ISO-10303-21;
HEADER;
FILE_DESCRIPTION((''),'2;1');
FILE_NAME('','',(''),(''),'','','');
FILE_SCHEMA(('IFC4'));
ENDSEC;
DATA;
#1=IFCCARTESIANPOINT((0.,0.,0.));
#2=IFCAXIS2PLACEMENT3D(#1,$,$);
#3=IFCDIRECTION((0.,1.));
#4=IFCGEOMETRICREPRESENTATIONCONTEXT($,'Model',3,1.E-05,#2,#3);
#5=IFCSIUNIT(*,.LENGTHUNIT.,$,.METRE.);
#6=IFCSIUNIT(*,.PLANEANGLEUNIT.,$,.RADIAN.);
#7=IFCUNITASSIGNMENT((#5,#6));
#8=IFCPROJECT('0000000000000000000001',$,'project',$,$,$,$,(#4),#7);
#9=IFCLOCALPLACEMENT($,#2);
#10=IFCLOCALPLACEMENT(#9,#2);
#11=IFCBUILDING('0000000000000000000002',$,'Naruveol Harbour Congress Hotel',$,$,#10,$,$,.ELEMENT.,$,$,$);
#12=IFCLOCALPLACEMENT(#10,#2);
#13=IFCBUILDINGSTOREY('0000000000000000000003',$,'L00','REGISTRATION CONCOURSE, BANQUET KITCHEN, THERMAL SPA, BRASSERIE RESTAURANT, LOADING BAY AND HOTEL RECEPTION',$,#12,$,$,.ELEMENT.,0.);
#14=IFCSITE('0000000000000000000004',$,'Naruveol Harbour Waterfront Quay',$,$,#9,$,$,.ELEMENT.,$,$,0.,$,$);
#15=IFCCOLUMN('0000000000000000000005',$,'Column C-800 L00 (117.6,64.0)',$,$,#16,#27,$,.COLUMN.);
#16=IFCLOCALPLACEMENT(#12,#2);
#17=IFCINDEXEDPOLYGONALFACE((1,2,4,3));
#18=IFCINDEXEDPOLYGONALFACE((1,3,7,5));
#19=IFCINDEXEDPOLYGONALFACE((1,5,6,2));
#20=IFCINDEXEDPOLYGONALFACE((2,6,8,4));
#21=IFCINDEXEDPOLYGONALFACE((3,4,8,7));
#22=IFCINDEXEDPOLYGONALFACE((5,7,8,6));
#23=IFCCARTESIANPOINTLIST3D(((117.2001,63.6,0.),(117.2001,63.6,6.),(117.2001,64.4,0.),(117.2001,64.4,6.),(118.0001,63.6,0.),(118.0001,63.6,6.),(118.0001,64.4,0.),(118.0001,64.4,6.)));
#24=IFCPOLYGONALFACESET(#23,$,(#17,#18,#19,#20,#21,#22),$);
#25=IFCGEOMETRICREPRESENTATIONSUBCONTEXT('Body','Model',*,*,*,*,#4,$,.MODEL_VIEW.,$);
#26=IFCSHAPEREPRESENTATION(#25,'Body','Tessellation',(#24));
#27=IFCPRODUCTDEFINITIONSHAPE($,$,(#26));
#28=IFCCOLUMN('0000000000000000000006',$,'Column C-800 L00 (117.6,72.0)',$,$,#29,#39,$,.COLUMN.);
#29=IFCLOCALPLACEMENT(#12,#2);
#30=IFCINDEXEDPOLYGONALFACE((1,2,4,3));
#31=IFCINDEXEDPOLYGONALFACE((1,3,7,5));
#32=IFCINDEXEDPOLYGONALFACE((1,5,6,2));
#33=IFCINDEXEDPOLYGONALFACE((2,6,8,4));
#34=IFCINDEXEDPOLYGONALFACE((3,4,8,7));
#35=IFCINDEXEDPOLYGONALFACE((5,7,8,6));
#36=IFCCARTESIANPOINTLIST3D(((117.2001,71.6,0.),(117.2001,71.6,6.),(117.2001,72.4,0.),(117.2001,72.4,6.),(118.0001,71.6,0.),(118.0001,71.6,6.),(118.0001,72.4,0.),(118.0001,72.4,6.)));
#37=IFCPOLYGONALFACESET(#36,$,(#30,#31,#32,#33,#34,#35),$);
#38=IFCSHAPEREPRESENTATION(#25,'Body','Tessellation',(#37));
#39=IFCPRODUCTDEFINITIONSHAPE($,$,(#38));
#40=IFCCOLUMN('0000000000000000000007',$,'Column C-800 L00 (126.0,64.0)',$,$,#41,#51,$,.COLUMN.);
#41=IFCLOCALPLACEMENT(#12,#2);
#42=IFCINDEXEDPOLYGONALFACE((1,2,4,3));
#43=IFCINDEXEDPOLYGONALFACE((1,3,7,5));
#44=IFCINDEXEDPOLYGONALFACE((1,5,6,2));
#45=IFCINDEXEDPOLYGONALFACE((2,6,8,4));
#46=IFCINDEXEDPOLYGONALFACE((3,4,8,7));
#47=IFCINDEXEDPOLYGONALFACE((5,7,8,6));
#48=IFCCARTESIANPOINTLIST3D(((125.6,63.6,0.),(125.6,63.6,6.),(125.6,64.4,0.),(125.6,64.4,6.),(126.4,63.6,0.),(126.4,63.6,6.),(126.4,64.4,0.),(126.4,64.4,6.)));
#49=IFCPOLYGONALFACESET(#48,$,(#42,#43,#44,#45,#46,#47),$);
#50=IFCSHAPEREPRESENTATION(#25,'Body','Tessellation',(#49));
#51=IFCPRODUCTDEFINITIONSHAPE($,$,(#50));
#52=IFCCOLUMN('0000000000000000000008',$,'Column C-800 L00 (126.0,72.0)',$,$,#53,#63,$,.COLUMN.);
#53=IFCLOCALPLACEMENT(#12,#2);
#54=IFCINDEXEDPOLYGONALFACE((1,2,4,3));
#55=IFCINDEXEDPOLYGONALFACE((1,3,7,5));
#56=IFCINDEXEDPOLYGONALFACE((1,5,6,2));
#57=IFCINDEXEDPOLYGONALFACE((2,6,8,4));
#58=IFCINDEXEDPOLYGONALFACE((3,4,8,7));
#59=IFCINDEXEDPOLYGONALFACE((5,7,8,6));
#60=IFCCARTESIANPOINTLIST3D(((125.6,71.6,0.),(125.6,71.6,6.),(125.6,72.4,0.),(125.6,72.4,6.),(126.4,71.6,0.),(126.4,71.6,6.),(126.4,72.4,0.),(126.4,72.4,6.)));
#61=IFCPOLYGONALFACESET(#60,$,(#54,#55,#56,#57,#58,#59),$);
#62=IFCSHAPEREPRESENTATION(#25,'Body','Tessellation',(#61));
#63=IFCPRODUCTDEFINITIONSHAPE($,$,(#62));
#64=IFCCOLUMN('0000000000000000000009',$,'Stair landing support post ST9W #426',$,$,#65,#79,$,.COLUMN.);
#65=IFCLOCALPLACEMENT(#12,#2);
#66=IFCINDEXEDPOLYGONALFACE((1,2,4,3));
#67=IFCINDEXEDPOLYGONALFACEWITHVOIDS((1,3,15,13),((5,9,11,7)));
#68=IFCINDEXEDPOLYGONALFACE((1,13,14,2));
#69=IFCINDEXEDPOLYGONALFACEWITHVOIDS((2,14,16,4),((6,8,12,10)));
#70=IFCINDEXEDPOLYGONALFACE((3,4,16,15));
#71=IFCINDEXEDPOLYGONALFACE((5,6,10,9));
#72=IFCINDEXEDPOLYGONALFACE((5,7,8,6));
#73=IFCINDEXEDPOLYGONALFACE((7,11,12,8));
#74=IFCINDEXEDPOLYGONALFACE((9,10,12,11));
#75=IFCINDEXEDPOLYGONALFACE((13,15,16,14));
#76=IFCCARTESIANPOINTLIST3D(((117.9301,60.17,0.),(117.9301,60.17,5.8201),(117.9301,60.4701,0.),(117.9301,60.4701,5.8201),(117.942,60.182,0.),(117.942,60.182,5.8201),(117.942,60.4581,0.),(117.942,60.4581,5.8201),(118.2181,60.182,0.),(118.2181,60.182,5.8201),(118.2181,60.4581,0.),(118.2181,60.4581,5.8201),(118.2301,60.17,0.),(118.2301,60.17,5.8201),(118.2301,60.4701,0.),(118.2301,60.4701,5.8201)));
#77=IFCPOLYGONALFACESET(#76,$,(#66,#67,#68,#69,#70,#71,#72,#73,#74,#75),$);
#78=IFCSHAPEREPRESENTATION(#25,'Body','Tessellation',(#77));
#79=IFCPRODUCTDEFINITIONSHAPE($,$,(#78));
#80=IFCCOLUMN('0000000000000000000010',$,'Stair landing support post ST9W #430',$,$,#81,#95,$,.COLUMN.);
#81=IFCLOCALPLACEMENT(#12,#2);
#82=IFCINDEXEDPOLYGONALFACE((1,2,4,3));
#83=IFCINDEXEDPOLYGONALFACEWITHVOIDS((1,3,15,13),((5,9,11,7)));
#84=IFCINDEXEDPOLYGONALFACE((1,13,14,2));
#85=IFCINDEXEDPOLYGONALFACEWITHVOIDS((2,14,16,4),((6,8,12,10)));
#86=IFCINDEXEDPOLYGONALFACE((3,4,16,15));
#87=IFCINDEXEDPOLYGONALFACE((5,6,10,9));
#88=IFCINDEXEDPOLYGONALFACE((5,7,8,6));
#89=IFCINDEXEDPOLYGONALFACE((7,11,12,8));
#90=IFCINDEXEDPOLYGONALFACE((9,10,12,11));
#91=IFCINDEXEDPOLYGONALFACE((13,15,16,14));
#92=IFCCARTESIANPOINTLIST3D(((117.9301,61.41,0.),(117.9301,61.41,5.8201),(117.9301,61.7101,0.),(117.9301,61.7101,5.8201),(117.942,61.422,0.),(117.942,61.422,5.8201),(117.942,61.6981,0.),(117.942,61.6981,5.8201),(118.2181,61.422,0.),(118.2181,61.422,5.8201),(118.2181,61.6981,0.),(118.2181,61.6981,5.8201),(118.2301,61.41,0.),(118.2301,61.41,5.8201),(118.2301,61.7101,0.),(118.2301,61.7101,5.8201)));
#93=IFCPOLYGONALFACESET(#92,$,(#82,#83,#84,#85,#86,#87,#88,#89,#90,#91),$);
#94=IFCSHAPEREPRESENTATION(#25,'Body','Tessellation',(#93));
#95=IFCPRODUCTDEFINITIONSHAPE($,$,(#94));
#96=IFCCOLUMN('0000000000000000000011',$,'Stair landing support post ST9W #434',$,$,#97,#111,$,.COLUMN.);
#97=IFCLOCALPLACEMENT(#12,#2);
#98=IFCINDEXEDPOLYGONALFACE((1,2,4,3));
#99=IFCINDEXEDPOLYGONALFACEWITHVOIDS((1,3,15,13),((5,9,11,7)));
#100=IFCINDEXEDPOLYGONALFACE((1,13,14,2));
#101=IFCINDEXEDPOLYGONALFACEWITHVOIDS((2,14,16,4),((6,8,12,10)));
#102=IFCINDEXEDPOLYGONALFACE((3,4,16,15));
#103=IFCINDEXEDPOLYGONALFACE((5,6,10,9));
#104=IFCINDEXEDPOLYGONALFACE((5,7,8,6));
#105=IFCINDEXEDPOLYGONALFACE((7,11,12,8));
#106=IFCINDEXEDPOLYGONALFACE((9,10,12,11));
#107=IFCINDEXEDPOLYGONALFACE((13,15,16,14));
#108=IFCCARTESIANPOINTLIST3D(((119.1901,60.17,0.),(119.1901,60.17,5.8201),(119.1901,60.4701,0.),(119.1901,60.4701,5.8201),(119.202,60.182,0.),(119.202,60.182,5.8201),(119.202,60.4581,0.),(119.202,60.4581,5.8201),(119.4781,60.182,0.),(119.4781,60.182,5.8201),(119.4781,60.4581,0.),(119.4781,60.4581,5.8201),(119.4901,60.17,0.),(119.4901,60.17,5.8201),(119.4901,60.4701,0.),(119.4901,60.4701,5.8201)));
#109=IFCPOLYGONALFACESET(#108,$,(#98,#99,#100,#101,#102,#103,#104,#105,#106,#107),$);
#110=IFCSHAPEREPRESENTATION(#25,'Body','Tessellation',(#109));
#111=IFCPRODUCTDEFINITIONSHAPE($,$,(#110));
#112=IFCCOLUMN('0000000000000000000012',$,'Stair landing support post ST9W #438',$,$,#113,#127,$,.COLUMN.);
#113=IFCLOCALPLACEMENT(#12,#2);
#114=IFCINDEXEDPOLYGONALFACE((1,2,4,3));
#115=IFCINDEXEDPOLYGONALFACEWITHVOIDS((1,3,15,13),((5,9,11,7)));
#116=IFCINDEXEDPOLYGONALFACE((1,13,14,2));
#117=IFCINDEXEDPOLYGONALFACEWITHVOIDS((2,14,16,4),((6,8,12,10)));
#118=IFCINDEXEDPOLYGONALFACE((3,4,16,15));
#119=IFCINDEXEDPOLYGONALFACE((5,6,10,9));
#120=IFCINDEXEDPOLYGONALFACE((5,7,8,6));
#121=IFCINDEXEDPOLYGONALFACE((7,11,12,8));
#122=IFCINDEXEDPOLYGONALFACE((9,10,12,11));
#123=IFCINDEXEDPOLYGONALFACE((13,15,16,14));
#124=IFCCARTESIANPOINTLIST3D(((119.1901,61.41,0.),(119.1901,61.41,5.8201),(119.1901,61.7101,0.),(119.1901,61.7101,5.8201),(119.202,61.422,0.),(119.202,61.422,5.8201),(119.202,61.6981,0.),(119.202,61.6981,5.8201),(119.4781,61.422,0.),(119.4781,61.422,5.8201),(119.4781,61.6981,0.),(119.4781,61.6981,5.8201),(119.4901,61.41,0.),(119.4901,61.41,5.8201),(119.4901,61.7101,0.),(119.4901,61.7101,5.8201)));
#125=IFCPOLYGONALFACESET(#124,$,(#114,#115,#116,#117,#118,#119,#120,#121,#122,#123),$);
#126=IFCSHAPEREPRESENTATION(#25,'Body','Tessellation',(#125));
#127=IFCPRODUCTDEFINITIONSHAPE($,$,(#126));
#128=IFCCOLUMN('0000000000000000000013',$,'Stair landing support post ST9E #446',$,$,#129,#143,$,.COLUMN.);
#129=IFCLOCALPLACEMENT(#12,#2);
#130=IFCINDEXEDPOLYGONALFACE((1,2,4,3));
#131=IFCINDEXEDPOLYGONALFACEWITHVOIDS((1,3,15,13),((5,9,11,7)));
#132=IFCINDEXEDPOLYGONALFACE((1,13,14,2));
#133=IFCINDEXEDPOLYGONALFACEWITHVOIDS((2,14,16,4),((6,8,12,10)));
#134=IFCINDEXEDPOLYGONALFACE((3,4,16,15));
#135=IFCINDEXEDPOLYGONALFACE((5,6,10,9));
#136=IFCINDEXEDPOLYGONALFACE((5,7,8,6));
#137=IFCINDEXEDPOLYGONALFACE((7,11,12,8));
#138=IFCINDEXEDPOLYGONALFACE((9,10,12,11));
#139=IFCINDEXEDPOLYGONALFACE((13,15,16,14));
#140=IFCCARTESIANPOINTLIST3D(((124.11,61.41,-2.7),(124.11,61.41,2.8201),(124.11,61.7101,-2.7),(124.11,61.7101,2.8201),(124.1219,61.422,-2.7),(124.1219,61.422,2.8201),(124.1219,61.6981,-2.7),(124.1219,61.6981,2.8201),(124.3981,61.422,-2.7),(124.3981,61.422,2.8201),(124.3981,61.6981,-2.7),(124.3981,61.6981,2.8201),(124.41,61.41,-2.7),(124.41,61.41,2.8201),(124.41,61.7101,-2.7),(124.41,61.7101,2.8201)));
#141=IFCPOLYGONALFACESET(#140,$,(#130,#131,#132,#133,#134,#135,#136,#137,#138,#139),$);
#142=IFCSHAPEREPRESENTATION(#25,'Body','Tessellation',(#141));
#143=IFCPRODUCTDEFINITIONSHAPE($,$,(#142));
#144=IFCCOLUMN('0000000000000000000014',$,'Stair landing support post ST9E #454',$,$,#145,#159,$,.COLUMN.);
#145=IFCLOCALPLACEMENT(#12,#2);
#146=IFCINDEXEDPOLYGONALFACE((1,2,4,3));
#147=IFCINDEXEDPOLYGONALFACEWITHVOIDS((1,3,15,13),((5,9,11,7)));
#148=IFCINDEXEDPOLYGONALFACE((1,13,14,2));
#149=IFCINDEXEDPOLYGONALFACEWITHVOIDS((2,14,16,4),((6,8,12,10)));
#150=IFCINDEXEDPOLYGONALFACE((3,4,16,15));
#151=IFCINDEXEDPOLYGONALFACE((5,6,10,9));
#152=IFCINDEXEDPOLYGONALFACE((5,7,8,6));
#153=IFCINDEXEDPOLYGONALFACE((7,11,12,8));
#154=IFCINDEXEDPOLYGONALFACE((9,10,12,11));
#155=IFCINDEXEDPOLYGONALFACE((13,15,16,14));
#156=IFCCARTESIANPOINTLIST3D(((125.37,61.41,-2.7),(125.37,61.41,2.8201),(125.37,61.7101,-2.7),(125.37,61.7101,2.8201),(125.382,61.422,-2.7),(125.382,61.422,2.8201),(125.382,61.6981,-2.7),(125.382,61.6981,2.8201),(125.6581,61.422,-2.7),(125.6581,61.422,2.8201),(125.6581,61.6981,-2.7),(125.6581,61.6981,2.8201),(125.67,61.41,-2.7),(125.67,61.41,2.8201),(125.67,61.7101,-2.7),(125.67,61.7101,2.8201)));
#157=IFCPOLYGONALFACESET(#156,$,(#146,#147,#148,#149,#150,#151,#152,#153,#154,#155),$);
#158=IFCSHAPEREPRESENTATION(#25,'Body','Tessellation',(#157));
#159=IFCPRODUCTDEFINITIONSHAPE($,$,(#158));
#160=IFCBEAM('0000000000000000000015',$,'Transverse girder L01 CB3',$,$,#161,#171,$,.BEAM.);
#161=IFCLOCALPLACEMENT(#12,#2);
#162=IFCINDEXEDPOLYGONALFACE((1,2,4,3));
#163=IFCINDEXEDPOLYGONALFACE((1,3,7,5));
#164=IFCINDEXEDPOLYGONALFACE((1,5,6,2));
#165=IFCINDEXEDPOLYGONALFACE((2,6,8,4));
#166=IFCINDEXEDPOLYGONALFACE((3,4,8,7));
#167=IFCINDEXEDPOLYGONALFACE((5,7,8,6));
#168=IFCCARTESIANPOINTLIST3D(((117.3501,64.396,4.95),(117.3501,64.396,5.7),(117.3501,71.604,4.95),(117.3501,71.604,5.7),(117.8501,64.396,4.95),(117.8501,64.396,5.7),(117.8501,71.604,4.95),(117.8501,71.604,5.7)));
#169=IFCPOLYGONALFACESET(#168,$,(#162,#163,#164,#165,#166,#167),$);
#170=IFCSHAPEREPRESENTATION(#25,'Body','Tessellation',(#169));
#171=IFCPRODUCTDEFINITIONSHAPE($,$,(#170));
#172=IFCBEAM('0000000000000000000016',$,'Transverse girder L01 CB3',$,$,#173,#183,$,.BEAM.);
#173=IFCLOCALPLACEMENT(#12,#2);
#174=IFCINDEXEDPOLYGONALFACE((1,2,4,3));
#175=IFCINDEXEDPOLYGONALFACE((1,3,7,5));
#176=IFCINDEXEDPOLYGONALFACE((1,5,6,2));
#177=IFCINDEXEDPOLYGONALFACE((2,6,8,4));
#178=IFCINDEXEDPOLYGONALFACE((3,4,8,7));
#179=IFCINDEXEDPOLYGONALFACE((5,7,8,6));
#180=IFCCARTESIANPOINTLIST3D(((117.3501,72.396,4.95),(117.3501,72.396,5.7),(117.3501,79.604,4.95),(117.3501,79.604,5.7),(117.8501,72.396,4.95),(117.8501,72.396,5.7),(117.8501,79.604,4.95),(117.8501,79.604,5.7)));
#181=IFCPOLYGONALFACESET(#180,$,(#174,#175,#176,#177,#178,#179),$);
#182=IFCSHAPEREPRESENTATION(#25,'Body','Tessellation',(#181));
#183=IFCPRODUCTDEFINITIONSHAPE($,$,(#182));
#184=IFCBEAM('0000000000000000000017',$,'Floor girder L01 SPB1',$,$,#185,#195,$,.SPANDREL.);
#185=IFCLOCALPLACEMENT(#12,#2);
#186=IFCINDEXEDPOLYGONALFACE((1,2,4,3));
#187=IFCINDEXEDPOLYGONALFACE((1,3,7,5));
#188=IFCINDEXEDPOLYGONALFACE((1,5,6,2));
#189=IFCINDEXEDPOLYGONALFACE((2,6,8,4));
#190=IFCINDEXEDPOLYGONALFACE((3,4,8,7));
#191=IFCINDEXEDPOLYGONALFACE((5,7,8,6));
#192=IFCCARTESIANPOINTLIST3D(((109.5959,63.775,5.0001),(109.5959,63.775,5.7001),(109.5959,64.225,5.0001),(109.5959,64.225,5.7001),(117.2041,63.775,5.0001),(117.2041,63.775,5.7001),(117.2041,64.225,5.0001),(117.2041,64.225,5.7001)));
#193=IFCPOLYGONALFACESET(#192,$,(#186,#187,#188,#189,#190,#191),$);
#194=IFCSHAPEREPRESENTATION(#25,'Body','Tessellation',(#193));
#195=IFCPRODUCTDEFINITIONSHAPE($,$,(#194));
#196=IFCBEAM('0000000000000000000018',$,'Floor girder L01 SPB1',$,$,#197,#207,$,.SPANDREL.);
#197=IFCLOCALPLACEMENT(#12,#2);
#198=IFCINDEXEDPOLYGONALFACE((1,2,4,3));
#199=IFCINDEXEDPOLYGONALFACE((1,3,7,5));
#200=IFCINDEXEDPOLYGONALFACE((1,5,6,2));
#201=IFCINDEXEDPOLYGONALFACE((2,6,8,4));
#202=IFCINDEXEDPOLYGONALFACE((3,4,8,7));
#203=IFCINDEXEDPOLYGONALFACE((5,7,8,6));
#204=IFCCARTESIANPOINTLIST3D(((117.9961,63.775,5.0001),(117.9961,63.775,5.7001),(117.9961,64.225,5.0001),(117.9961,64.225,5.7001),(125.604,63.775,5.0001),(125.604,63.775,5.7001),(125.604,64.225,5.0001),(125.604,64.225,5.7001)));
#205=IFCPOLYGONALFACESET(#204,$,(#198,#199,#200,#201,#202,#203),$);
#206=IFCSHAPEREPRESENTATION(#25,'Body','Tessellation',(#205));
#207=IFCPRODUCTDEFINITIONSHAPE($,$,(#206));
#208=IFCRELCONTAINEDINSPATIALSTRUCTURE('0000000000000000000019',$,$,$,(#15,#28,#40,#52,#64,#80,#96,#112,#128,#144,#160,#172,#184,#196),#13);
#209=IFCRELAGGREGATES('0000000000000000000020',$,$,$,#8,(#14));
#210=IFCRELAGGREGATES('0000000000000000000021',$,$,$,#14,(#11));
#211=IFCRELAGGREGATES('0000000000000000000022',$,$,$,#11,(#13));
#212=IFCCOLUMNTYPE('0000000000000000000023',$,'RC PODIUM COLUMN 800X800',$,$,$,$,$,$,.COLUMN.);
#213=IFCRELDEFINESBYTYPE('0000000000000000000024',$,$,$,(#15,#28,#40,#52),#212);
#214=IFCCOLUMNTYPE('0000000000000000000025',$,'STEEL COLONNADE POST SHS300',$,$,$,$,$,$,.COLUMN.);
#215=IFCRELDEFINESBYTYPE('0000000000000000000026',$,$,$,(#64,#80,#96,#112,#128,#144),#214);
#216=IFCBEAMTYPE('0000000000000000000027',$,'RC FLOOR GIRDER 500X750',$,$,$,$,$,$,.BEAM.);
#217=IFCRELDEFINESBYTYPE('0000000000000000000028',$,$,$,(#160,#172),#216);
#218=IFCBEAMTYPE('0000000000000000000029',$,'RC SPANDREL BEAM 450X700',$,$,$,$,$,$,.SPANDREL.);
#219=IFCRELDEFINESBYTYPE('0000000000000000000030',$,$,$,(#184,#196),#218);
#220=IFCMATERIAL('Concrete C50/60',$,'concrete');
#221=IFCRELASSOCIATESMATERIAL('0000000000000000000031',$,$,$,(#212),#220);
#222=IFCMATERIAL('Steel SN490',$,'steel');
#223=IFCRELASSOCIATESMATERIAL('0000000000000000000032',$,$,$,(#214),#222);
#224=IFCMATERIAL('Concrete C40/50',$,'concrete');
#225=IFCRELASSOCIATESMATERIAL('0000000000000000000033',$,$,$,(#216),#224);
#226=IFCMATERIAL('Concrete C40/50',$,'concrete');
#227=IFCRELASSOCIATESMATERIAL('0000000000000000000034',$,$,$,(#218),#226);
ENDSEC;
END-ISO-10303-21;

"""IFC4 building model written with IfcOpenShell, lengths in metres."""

from ifc_helpers import new_model, si_unit, direction, frame, origin, origin_2d, place, context, subcontext, project, spatial, rectangle, hollow_rectangle, extrude, material, material_profile, profile_set, type_object, element, save


model = new_model("IFC4")

# Units and contexts
model_context = context("Model", 3, precision=1e-05, world=origin(), true_north=direction((0.0, 1.0)))
body_context = subcontext(model_context, "Body", "Model", "MODEL_VIEW")
ifc_project = project(units=[si_unit("LENGTHUNIT", "METRE"), si_unit("PLANEANGLEUNIT", "RADIAN")], contexts=[model_context])

# Site, building, storey
site_placement = place(None, origin())
site = spatial("IfcSite", under=ifc_project, at=site_placement, Name="Naruveol Harbour Waterfront Quay", CompositionType="ELEMENT", RefElevation=0.0)
building_placement = place(site_placement, origin())
building = spatial("IfcBuilding", under=site, at=building_placement, Name="Naruveol Harbour Congress Hotel", CompositionType="ELEMENT")
storey_placement = place(building_placement, origin())
storey = spatial("IfcBuildingStorey", under=building, at=storey_placement, Name="L00", Description="REGISTRATION CONCOURSE, BANQUET KITCHEN, THERMAL SPA, BRASSERIE RESTAURANT, LOADING BAY AND HOTEL RECEPTION", CompositionType="ELEMENT", Elevation=0.0)

# Columns
ifc_material_1 = material(Name="Concrete C50/60", Category="concrete")
ifc_material_profile_1 = material_profile(ifc_material_1, rectangle(XDim=0.8, YDim=0.8, at=origin_2d()), Name="RC-800x800")
ifc_profile_set_1 = profile_set([ifc_material_profile_1], Name="Concrete C50/60")
column_type_1 = type_object("IfcColumnType", Name="RC PODIUM COLUMN 800X800", PredefinedType="COLUMN", material=ifc_profile_set_1)
for number, where, z_axis, x_axis, name in (
    (1, (117.6001, 64.0, 0.0), (0.0, 0.0, 1.0), (1.0, 0.0, 0.0), "Column C-800 L00 (117.6,64.0)"),
    (2, (117.6001, 72.0, 0.0), (0.0, 0.0, 1.0), (1.0, 0.0, 0.0), "Column C-800 L00 (117.6,72.0)"),
    (3, (126.0, 64.0, 0.0), (0.0, 0.0, 1.0), (1.0, 0.0, 0.0), "Column C-800 L00 (126.0,64.0)"),
    (4, (126.0, 72.0, 0.0), (0.0, 0.0, 1.0), (1.0, 0.0, 0.0), "Column C-800 L00 (126.0,72.0)"),
):
    element("IfcColumn", number, at=place(storey_placement, frame(where, z_axis=z_axis, x_axis=x_axis)), inside=storey, type_object=column_type_1, Name=name, PredefinedType="COLUMN", context=body_context, shape_type="SweptSolid", body=[
        extrude(rectangle(XDim=0.8, YDim=0.8, at=origin_2d()), origin(), (0.0, 0.0, 1.0), 6.0),
    ])
ifc_material_2 = material(Name="Steel SN490", Category="steel")
ifc_material_profile_2 = material_profile(ifc_material_2, hollow_rectangle(XDim=0.3, YDim=0.3, WallThickness=0.012, at=origin_2d()), Name="SHS-300x300x12")
ifc_profile_set_2 = profile_set([ifc_material_profile_2], Name="Steel SN490")
column_type_2 = type_object("IfcColumnType", Name="STEEL COLONNADE POST SHS300", PredefinedType="COLUMN", material=ifc_profile_set_2)
for number, where, z_axis, x_axis, name in (
    (5, (118.0801, 60.3201, 0.0), (0.0, 0.0, 1.0), (1.0, 0.0, 0.0), "Stair landing support post ST9W #426"),
    (6, (118.0801, 61.5601, 0.0), (0.0, 0.0, 1.0), (1.0, 0.0, 0.0), "Stair landing support post ST9W #430"),
    (7, (119.3401, 60.3201, 0.0), (0.0, 0.0, 1.0), (1.0, 0.0, 0.0), "Stair landing support post ST9W #434"),
    (8, (119.3401, 61.5601, 0.0), (0.0, 0.0, 1.0), (1.0, 0.0, 0.0), "Stair landing support post ST9W #438"),
):
    element("IfcColumn", number, at=place(storey_placement, frame(where, z_axis=z_axis, x_axis=x_axis)), inside=storey, type_object=column_type_2, Name=name, PredefinedType="COLUMN", context=body_context, shape_type="SweptSolid", body=[
        extrude(hollow_rectangle(XDim=0.3, YDim=0.3, WallThickness=0.012, at=origin_2d()), origin(), (0.0, 0.0, 1.0), 5.8201),
    ])
for number, where, z_axis, x_axis, name in (
    (9, (124.26, 61.5601, -2.7), (0.0, 0.0, 1.0), (1.0, 0.0, 0.0), "Stair landing support post ST9E #446"),
    (10, (125.52, 61.5601, -2.7), (0.0, 0.0, 1.0), (1.0, 0.0, 0.0), "Stair landing support post ST9E #454"),
):
    element("IfcColumn", number, at=place(storey_placement, frame(where, z_axis=z_axis, x_axis=x_axis)), inside=storey, type_object=column_type_2, Name=name, PredefinedType="COLUMN", context=body_context, shape_type="SweptSolid", body=[
        extrude(hollow_rectangle(XDim=0.3, YDim=0.3, WallThickness=0.012, at=origin_2d()), origin(), (0.0, 0.0, 1.0), 5.52),
    ])

# Beams
ifc_material_3 = material(Name="Concrete C40/50", Category="concrete")
ifc_material_profile_3 = material_profile(ifc_material_3, rectangle(XDim=0.5, YDim=0.75, at=origin_2d()), Name="RCB-500x750")
ifc_profile_set_3 = profile_set([ifc_material_profile_3], Name="Concrete C40/50")
beam_type_1 = type_object("IfcBeamType", Name="RC FLOOR GIRDER 500X750", PredefinedType="BEAM", material=ifc_profile_set_3)
for number, where, z_axis, x_axis, name in (
    (11, (117.6001, 64.396, 5.325), (0.0, 1.0, 0.0), (-1.0, 0.0, 0.0), "Transverse girder L01 CB3"),
    (12, (117.6001, 72.396, 5.325), (0.0, 1.0, 0.0), (-1.0, 0.0, 0.0), "Transverse girder L01 CB3"),
):
    element("IfcBeam", number, at=place(storey_placement, frame(where, z_axis=z_axis, x_axis=x_axis)), inside=storey, type_object=beam_type_1, Name=name, PredefinedType="BEAM", context=body_context, shape_type="SweptSolid", body=[
        extrude(rectangle(XDim=0.5, YDim=0.75, at=origin_2d()), origin(), (0.0, 0.0, 1.0), 7.208),
    ])
ifc_material_4 = material(Name="Concrete C40/50", Category="concrete")
ifc_material_profile_4 = material_profile(ifc_material_4, rectangle(XDim=0.45, YDim=0.7, at=origin_2d()), Name="RCB-450x700")
ifc_profile_set_4 = profile_set([ifc_material_profile_4], Name="Concrete C40/50")
beam_type_2 = type_object("IfcBeamType", Name="RC SPANDREL BEAM 450X700", PredefinedType="SPANDREL", material=ifc_profile_set_4)
beam_1_placement = place(storey_placement, frame((109.5959, 64.0, 5.3501), z_axis=(1.0, 0.0, 0.0), x_axis=(0.0, 1.0, 0.0)))
element("IfcBeam", 13, at=beam_1_placement, inside=storey, type_object=beam_type_2, Name="Floor girder L01 SPB1", PredefinedType="SPANDREL", context=body_context, shape_type="SweptSolid", body=[
    extrude(rectangle(XDim=0.45, YDim=0.7, at=origin_2d()), origin(), (0.0, 0.0, 1.0), 7.6082),
])
beam_2_placement = place(storey_placement, frame((117.9961, 64.0, 5.3501), z_axis=(1.0, 0.0, 0.0), x_axis=(0.0, 1.0, 0.0)))
element("IfcBeam", 14, at=beam_2_placement, inside=storey, type_object=beam_type_2, Name="Floor girder L01 SPB1", PredefinedType="SPANDREL", context=body_context, shape_type="SweptSolid", body=[
    extrude(rectangle(XDim=0.45, YDim=0.7, at=origin_2d()), origin(), (0.0, 0.0, 1.0), 7.6079),
])

save(model, "model.ifc")
